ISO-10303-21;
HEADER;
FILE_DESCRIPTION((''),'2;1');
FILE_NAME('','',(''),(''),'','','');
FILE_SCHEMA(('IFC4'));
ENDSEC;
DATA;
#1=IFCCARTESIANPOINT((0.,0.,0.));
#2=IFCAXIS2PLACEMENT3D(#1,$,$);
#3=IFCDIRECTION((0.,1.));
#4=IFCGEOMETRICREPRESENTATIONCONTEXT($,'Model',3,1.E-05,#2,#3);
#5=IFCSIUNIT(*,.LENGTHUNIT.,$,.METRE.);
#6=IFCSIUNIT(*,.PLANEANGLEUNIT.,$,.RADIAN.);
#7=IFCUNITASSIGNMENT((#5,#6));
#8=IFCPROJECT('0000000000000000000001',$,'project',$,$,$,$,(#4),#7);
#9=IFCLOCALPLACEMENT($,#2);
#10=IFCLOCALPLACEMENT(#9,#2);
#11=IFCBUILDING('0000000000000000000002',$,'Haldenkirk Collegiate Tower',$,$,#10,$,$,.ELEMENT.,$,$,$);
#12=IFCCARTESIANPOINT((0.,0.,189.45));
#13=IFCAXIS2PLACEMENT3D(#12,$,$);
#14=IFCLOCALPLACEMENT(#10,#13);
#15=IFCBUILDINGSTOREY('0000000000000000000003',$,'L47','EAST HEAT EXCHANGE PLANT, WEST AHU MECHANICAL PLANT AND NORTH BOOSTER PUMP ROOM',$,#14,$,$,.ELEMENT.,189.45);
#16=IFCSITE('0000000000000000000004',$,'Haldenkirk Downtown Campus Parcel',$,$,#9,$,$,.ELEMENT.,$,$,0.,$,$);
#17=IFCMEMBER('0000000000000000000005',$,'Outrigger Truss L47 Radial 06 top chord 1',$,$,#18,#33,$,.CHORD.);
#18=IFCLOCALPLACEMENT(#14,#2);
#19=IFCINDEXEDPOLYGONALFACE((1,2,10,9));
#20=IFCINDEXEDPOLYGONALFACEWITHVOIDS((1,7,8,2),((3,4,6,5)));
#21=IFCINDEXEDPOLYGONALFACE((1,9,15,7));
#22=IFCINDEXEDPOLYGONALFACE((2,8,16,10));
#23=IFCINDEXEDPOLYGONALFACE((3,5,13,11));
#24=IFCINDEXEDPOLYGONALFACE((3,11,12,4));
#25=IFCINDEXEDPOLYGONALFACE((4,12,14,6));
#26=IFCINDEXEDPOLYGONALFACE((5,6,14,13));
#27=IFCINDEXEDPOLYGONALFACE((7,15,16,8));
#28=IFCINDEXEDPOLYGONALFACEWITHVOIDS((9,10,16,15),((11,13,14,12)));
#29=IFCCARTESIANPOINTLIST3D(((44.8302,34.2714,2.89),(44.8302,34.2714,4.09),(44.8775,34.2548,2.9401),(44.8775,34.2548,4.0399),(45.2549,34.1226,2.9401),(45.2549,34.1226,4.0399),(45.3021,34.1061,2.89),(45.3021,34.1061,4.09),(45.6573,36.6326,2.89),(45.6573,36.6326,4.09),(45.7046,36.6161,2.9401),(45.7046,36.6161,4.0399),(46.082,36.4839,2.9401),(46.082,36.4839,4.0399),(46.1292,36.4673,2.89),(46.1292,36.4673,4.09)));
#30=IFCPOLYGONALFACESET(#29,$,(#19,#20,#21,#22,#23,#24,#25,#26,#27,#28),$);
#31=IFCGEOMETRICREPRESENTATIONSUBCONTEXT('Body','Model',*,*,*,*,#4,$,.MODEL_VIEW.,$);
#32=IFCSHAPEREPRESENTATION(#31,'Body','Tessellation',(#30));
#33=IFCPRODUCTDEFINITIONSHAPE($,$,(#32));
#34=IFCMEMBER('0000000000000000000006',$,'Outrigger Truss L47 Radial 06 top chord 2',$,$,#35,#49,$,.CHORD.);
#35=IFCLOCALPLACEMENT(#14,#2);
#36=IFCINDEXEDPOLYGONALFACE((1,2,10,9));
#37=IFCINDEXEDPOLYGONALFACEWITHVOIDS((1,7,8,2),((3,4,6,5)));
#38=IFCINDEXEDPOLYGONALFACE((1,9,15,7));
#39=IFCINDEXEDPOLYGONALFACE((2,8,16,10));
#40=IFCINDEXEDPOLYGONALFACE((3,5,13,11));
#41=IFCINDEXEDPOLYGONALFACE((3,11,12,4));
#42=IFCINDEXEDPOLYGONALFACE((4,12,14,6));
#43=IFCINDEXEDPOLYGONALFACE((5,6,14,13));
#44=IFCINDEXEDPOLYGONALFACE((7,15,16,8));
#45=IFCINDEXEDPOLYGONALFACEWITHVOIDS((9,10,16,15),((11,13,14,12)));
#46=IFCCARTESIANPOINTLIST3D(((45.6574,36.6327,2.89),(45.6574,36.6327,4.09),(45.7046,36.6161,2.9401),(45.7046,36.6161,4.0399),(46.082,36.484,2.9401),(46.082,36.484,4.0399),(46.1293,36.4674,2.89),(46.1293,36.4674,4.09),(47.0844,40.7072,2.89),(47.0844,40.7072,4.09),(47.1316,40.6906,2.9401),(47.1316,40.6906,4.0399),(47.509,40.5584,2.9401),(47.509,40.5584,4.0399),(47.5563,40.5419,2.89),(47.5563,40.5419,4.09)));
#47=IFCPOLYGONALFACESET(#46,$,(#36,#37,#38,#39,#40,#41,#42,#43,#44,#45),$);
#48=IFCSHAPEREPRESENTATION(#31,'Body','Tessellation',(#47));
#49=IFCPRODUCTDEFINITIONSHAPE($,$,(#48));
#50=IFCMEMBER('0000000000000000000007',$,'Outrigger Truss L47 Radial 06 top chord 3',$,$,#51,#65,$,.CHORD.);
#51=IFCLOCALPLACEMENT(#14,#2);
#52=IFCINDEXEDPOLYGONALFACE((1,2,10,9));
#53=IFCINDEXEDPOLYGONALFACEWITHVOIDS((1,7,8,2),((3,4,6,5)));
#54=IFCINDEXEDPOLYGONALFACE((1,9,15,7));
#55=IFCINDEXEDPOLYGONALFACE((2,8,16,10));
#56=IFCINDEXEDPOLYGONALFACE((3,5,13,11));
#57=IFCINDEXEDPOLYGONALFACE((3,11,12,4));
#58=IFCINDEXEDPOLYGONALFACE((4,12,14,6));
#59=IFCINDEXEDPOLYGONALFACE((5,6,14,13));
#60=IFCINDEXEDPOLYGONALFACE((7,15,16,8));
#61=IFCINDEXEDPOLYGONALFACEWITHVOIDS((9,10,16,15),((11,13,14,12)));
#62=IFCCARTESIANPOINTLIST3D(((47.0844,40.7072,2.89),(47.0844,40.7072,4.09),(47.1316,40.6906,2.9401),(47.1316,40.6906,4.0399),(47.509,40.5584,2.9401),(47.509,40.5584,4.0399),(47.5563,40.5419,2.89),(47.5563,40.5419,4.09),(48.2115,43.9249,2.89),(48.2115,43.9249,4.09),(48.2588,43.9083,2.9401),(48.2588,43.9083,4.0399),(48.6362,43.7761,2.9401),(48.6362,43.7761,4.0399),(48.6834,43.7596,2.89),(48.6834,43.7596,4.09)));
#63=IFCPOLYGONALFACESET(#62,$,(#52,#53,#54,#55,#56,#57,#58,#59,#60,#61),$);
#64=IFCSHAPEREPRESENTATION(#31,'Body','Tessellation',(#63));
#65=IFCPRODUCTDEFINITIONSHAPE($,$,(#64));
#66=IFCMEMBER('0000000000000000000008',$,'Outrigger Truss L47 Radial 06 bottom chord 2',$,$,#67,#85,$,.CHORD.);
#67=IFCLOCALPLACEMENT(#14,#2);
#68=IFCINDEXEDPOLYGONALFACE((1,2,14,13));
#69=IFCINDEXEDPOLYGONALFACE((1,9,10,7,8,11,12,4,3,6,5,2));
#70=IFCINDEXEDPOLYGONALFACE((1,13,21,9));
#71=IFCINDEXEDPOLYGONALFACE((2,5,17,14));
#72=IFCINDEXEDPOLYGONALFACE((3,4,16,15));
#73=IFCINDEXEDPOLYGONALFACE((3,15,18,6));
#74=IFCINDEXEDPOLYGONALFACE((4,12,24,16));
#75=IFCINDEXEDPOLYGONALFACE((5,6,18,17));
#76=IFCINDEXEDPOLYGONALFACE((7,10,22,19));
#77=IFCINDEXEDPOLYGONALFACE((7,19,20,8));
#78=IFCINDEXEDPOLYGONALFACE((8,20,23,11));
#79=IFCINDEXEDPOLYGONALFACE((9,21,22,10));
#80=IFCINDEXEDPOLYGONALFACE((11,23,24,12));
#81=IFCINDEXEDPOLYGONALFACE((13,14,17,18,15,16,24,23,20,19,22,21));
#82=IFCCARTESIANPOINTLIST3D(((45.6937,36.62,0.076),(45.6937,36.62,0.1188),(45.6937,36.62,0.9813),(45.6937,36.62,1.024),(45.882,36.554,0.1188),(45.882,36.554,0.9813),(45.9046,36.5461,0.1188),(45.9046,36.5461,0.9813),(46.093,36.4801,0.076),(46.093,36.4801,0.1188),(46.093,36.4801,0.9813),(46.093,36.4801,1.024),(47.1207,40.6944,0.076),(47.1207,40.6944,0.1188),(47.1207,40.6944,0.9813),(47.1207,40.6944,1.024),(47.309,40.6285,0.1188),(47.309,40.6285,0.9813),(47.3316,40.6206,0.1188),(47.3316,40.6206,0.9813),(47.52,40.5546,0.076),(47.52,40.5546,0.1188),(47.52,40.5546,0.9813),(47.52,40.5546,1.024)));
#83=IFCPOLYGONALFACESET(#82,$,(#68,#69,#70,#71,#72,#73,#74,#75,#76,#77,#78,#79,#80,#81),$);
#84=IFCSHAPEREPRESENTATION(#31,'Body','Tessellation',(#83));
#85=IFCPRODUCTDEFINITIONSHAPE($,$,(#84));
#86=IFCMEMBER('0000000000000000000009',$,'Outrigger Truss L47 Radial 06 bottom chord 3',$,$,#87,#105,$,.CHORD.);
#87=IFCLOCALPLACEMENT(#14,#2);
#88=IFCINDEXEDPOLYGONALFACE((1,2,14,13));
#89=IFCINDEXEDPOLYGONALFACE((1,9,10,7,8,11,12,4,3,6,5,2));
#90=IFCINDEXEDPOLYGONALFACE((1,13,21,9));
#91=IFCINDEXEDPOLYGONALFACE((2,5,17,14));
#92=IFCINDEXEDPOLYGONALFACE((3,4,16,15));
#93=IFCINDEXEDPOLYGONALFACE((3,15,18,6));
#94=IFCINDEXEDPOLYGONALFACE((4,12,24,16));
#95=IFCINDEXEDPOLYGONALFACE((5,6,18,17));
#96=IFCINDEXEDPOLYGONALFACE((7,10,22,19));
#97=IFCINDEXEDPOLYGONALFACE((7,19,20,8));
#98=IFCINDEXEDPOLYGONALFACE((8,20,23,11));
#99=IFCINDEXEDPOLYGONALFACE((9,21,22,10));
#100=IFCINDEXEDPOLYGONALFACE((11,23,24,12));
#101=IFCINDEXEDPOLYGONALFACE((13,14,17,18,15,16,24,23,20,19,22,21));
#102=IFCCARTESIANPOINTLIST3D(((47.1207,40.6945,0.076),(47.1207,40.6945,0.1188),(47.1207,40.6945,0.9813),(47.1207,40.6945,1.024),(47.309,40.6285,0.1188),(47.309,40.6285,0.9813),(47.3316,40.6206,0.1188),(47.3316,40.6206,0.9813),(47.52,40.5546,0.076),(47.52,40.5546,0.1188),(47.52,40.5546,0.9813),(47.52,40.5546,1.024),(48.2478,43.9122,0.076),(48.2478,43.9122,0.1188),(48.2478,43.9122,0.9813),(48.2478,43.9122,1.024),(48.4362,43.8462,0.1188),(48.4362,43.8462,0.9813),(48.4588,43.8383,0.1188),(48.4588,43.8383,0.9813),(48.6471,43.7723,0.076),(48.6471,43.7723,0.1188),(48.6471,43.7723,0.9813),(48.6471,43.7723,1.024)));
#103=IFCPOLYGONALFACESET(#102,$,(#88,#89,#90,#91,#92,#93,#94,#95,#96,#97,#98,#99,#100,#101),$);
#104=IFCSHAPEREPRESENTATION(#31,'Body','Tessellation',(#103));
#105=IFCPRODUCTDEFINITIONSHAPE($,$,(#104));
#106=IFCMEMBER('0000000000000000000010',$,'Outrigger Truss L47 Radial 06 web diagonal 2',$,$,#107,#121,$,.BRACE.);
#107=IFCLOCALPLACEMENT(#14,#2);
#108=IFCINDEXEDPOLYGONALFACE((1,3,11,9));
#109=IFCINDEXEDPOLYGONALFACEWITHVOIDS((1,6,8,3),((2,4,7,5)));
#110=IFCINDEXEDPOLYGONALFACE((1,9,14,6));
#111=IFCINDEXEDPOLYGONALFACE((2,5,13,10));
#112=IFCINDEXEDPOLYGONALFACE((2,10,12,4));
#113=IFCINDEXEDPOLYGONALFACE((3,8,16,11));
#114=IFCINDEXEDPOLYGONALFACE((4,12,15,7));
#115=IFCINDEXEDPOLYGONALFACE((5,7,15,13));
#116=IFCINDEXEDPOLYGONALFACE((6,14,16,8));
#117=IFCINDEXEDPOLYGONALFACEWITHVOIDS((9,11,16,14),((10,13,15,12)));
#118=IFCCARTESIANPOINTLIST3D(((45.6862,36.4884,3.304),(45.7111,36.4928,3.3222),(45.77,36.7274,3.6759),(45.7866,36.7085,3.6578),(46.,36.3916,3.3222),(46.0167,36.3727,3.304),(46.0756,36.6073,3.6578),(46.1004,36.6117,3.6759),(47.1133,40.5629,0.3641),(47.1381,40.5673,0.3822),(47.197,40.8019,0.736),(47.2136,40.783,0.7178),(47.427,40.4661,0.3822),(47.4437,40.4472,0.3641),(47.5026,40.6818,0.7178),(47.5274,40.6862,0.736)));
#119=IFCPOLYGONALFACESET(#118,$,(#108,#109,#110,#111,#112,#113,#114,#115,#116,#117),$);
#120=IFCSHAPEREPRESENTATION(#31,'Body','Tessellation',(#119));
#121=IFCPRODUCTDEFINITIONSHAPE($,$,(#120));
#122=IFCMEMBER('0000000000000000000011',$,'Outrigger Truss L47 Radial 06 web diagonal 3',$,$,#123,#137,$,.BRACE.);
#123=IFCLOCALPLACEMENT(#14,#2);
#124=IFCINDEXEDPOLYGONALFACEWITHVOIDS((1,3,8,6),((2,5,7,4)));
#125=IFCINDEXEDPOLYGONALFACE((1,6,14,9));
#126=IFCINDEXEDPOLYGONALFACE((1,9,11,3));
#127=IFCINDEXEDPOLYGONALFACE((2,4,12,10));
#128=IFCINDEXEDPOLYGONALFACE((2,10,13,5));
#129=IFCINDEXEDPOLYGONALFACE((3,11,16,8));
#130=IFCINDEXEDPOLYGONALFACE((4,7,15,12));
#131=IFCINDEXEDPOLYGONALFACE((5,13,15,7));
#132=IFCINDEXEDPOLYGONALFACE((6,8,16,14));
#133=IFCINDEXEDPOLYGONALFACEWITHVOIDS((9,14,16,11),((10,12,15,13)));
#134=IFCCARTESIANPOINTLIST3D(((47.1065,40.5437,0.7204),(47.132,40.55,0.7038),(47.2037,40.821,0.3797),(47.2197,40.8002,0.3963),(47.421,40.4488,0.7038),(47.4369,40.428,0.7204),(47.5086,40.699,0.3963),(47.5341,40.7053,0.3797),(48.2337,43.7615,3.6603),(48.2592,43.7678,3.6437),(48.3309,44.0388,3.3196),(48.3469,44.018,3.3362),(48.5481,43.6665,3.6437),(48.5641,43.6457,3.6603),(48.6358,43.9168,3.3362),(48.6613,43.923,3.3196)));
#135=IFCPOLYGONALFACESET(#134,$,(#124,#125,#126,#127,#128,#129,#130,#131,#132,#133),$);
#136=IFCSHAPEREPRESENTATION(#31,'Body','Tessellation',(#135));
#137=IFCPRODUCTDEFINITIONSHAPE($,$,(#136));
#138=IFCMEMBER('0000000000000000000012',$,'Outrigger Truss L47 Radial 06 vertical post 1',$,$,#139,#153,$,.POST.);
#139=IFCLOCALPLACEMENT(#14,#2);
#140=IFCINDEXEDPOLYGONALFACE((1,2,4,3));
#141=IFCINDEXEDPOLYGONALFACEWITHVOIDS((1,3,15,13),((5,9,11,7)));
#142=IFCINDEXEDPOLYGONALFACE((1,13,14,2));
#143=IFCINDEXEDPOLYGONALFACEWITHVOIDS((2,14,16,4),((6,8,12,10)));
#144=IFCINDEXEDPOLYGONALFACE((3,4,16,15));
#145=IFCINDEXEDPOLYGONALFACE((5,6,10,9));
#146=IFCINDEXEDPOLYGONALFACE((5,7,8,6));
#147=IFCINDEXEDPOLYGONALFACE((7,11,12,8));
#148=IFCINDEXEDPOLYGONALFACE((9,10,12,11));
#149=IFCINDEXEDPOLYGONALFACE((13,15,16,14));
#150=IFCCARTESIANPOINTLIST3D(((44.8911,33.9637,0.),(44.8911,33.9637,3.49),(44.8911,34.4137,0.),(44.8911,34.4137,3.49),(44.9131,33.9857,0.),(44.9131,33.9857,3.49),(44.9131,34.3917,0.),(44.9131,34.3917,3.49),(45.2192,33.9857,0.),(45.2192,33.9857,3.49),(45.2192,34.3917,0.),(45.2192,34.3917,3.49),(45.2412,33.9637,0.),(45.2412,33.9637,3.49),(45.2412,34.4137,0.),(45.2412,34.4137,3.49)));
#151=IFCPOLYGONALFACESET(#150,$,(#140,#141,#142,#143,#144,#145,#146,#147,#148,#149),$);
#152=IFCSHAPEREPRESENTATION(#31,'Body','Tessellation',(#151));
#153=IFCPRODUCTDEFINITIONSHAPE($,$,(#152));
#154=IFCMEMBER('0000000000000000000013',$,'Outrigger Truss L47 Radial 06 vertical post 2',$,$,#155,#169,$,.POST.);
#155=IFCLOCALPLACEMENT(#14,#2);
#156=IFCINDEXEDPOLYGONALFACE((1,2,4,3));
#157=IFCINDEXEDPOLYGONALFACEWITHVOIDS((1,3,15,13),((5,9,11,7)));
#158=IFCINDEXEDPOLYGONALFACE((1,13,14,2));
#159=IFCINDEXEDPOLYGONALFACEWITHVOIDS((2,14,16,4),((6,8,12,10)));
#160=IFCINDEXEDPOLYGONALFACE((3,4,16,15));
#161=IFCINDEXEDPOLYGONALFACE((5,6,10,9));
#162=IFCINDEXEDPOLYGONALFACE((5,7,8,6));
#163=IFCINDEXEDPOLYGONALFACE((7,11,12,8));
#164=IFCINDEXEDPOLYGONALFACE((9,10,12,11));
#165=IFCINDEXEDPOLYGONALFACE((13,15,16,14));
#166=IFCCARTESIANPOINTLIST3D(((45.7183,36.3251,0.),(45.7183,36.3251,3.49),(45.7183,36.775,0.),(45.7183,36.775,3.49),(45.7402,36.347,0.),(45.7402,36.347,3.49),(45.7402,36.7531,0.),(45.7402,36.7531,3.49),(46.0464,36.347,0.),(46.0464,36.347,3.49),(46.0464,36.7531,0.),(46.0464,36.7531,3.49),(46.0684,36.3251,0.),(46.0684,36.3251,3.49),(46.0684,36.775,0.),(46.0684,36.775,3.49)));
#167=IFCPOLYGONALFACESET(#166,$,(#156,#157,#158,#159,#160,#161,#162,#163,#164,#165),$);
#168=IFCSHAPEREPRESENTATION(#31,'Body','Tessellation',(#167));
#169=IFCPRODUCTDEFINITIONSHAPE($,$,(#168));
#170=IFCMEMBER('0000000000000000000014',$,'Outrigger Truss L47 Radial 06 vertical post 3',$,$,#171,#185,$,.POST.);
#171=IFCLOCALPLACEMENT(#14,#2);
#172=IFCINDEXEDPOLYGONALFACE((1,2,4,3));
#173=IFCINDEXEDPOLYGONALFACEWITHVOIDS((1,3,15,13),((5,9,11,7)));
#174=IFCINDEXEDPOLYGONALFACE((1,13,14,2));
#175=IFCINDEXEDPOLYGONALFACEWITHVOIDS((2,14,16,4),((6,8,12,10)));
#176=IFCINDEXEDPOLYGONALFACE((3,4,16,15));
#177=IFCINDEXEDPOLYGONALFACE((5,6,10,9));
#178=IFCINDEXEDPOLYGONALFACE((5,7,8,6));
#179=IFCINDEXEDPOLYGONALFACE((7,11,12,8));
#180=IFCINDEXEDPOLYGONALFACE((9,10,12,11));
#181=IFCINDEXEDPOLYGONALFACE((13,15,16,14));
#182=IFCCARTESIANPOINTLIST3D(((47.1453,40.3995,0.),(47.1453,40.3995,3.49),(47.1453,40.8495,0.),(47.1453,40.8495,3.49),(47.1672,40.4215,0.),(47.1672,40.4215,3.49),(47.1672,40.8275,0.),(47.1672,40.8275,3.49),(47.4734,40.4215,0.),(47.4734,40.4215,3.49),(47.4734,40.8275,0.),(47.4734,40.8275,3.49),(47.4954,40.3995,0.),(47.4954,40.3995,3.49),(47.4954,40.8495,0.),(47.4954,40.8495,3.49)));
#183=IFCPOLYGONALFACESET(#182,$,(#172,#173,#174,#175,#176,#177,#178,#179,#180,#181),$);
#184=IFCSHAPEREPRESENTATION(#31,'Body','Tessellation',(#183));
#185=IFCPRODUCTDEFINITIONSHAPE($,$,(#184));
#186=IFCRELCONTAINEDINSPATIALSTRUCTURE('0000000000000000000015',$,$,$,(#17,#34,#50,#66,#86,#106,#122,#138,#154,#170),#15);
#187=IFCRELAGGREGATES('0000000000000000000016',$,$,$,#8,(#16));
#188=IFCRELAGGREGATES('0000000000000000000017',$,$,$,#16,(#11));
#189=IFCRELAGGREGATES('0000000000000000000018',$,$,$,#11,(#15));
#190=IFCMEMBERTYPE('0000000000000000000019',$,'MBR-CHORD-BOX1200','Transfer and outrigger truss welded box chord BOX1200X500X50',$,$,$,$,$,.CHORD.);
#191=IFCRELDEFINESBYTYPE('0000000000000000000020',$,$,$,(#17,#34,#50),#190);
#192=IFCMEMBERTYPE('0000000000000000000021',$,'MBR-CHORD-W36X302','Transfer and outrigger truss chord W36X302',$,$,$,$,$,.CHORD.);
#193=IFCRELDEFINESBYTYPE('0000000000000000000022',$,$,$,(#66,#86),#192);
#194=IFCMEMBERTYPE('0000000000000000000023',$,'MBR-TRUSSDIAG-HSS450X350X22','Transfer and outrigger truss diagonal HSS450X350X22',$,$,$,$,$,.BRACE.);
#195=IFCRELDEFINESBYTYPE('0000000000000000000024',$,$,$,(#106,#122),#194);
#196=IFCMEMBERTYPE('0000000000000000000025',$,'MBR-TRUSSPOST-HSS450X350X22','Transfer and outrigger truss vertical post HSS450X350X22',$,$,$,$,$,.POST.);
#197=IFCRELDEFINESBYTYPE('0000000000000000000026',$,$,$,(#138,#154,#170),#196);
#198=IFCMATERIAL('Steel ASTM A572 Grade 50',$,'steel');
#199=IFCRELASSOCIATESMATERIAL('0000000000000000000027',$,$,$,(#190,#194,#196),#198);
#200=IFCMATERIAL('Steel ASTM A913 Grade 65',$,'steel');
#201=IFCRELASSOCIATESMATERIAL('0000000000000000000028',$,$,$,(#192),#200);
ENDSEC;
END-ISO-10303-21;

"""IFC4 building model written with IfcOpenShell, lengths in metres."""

from ifc_helpers import new_model, si_unit, direction, frame, origin, origin_2d, place, context, subcontext, project, spatial, hollow_rectangle, i_section, extrude, material, material_profile, profile_set, type_object, element, save


model = new_model("IFC4")

# Units and contexts
model_context = context("Model", 3, precision=1e-05, world=origin(), true_north=direction((0.0, 1.0)))
body_context = subcontext(model_context, "Body", "Model", "MODEL_VIEW")
ifc_project = project(units=[si_unit("LENGTHUNIT", "METRE"), si_unit("PLANEANGLEUNIT", "RADIAN")], contexts=[model_context])

# Site, building, storey
site_placement = place(None, origin())
site = spatial("IfcSite", under=ifc_project, at=site_placement, Name="Haldenkirk Downtown Campus Parcel", CompositionType="ELEMENT", RefElevation=0.0)
building_placement = place(site_placement, origin())
building = spatial("IfcBuilding", under=site, at=building_placement, Name="Haldenkirk Collegiate Tower", CompositionType="ELEMENT")
storey_placement = place(building_placement, frame((0.0, 0.0, 189.45)))
storey = spatial("IfcBuildingStorey", under=building, at=storey_placement, Name="L47", Description="EAST HEAT EXCHANGE PLANT, WEST AHU MECHANICAL PLANT AND NORTH BOOSTER PUMP ROOM", CompositionType="ELEMENT", Elevation=189.45)

# Members
ifc_material_1 = material(Name="Steel ASTM A572 Grade 50", Category="steel")
ifc_material_profile_1 = material_profile(ifc_material_1, hollow_rectangle(XDim=0.5, YDim=1.2, WallThickness=0.05, at=origin_2d()), Name="BOX1200X500X50")
ifc_profile_set_1 = profile_set([ifc_material_profile_1], Name="Steel ASTM A572 Grade 50")
member_type_1 = type_object("IfcMemberType", Name="MBR-CHORD-BOX1200", Description="Transfer and outrigger truss welded box chord BOX1200X500X50", PredefinedType="CHORD", material=ifc_profile_set_1)
member_1_placement = place(storey_placement, frame((45.0662, 34.1887, 3.49), z_axis=(0.330594, 0.943773, 0.0), x_axis=(-0.943773, 0.330594, 0.0)))
element("IfcMember", 1, at=member_1_placement, inside=storey, type_object=member_type_1, Name="Outrigger Truss L47 Radial 06 top chord 1", PredefinedType="CHORD", context=body_context, shape_type="SweptSolid", body=[
    extrude(hollow_rectangle(XDim=0.5, YDim=1.2, WallThickness=0.05, at=origin_2d()), origin(), (0.0, 0.0, 1.0), 2.502),
])
member_2_placement = place(storey_placement, frame((45.8933, 36.55, 3.49), z_axis=(0.330544, 0.94379, 0.0), x_axis=(-0.94379, 0.330544, 0.0)))
element("IfcMember", 2, at=member_2_placement, inside=storey, type_object=member_type_1, Name="Outrigger Truss L47 Radial 06 top chord 2", PredefinedType="CHORD", context=body_context, shape_type="SweptSolid", body=[
    extrude(hollow_rectangle(XDim=0.5, YDim=1.2, WallThickness=0.05, at=origin_2d()), origin(), (0.0, 0.0, 1.0), 4.3171),
])
member_3_placement = place(storey_placement, frame((47.3203, 40.6245, 3.49), z_axis=(0.330606, 0.943769, 0.0), x_axis=(-0.943769, 0.330606, 0.0)))
element("IfcMember", 3, at=member_3_placement, inside=storey, type_object=member_type_1, Name="Outrigger Truss L47 Radial 06 top chord 3", PredefinedType="CHORD", context=body_context, shape_type="SweptSolid", body=[
    extrude(hollow_rectangle(XDim=0.5, YDim=1.2, WallThickness=0.05, at=origin_2d()), origin(), (0.0, 0.0, 1.0), 3.4094),
])
ifc_material_2 = material(Name="Steel ASTM A913 Grade 65", Category="steel")
ifc_material_profile_2 = material_profile(ifc_material_2, i_section(OverallWidth=0.4231, OverallDepth=0.948, WebThickness=0.0239, FlangeThickness=0.0427, at=origin_2d()), Name="W36X302")
ifc_profile_set_2 = profile_set([ifc_material_profile_2], Name="Steel ASTM A913 Grade 65")
member_type_2 = type_object("IfcMemberType", Name="MBR-CHORD-W36X302", Description="Transfer and outrigger truss chord W36X302", PredefinedType="CHORD", material=ifc_profile_set_2)
member_4_placement = place(storey_placement, frame((45.8933, 36.55, 0.55), z_axis=(0.330544, 0.94379, 0.0), x_axis=(-0.94379, 0.330544, 0.0)))
element("IfcMember", 4, at=member_4_placement, inside=storey, type_object=member_type_2, Name="Outrigger Truss L47 Radial 06 bottom chord 2", PredefinedType="CHORD", context=body_context, shape_type="SweptSolid", body=[
    extrude(i_section(OverallWidth=0.4231, OverallDepth=0.948, WebThickness=0.0239, FlangeThickness=0.0427, at=origin_2d()), origin(), (0.0, 0.0, 1.0), 4.3171),
])
member_5_placement = place(storey_placement, frame((47.3203, 40.6245, 0.55), z_axis=(0.330606, 0.943769, 0.0), x_axis=(-0.943769, 0.330606, 0.0)))
element("IfcMember", 5, at=member_5_placement, inside=storey, type_object=member_type_2, Name="Outrigger Truss L47 Radial 06 bottom chord 3", PredefinedType="CHORD", context=body_context, shape_type="SweptSolid", body=[
    extrude(i_section(OverallWidth=0.4231, OverallDepth=0.948, WebThickness=0.0239, FlangeThickness=0.0427, at=origin_2d()), origin(), (0.0, 0.0, 1.0), 3.4094),
])
ifc_material_profile_3 = material_profile(ifc_material_1, hollow_rectangle(XDim=0.3501, YDim=0.45, WallThickness=0.022, at=origin_2d()), Name="HSS450X350X22")
ifc_profile_set_3 = profile_set([ifc_material_profile_3], Name="Steel ASTM A572 Grade 50")
member_type_3 = type_object("IfcMemberType", Name="MBR-TRUSSDIAG-HSS450X350X22", Description="Transfer and outrigger truss diagonal HSS450X350X22", PredefinedType="BRACE", material=ifc_profile_set_3)
member_6_placement = place(storey_placement, frame((45.8933, 36.55, 3.49), z_axis=(0.273209, 0.780084, -0.562872), x_axis=(-0.94379, 0.330544, 0.0)))
element("IfcMember", 6, at=member_6_placement, inside=storey, type_object=member_type_3, Name="Outrigger Truss L47 Radial 06 web diagonal 2", PredefinedType="BRACE", context=body_context, shape_type="SweptSolid", body=[
    extrude(hollow_rectangle(XDim=0.3501, YDim=0.45, WallThickness=0.022, at=origin_2d()), origin(), (0.0, 0.0, 1.0), 5.2231),
])
member_7_placement = place(storey_placement, frame((47.3203, 40.6245, 0.55), z_axis=(0.250378, 0.714745, 0.653032), x_axis=(-0.943769, 0.330606, 0.0)))
element("IfcMember", 7, at=member_7_placement, inside=storey, type_object=member_type_3, Name="Outrigger Truss L47 Radial 06 web diagonal 3", PredefinedType="BRACE", context=body_context, shape_type="SweptSolid", body=[
    extrude(hollow_rectangle(XDim=0.3501, YDim=0.45, WallThickness=0.022, at=origin_2d()), origin(), (0.0, 0.0, 1.0), 4.502),
])
ifc_material_profile_4 = material_profile(ifc_material_1, hollow_rectangle(XDim=0.3501, YDim=0.45, WallThickness=0.022, at=origin_2d()), Name="HSS450X350X22")
ifc_profile_set_4 = profile_set([ifc_material_profile_4], Name="Steel ASTM A572 Grade 50")
member_type_4 = type_object("IfcMemberType", Name="MBR-TRUSSPOST-HSS450X350X22", Description="Transfer and outrigger truss vertical post HSS450X350X22", PredefinedType="POST", material=ifc_profile_set_4)
for number, where, z_axis, x_axis, name in (
    (8, (45.0662, 34.1887, 0.0), (0.0, 0.0, 1.0), (1.0, 0.0, 0.0), "Outrigger Truss L47 Radial 06 vertical post 1"),
    (9, (45.8933, 36.55, 0.0), (0.0, 0.0, 1.0), (1.0, 0.0, 0.0), "Outrigger Truss L47 Radial 06 vertical post 2"),
    (10, (47.3203, 40.6245, 0.0), (0.0, 0.0, 1.0), (1.0, 0.0, 0.0), "Outrigger Truss L47 Radial 06 vertical post 3"),
):
    element("IfcMember", number, at=place(storey_placement, frame(where, z_axis=z_axis, x_axis=x_axis)), inside=storey, type_object=member_type_4, Name=name, PredefinedType="POST", context=body_context, shape_type="SweptSolid", body=[
        extrude(hollow_rectangle(XDim=0.3501, YDim=0.45, WallThickness=0.022, at=origin_2d()), origin(), (0.0, 0.0, 1.0), 3.49),
    ])

save(model, "model.ifc")
